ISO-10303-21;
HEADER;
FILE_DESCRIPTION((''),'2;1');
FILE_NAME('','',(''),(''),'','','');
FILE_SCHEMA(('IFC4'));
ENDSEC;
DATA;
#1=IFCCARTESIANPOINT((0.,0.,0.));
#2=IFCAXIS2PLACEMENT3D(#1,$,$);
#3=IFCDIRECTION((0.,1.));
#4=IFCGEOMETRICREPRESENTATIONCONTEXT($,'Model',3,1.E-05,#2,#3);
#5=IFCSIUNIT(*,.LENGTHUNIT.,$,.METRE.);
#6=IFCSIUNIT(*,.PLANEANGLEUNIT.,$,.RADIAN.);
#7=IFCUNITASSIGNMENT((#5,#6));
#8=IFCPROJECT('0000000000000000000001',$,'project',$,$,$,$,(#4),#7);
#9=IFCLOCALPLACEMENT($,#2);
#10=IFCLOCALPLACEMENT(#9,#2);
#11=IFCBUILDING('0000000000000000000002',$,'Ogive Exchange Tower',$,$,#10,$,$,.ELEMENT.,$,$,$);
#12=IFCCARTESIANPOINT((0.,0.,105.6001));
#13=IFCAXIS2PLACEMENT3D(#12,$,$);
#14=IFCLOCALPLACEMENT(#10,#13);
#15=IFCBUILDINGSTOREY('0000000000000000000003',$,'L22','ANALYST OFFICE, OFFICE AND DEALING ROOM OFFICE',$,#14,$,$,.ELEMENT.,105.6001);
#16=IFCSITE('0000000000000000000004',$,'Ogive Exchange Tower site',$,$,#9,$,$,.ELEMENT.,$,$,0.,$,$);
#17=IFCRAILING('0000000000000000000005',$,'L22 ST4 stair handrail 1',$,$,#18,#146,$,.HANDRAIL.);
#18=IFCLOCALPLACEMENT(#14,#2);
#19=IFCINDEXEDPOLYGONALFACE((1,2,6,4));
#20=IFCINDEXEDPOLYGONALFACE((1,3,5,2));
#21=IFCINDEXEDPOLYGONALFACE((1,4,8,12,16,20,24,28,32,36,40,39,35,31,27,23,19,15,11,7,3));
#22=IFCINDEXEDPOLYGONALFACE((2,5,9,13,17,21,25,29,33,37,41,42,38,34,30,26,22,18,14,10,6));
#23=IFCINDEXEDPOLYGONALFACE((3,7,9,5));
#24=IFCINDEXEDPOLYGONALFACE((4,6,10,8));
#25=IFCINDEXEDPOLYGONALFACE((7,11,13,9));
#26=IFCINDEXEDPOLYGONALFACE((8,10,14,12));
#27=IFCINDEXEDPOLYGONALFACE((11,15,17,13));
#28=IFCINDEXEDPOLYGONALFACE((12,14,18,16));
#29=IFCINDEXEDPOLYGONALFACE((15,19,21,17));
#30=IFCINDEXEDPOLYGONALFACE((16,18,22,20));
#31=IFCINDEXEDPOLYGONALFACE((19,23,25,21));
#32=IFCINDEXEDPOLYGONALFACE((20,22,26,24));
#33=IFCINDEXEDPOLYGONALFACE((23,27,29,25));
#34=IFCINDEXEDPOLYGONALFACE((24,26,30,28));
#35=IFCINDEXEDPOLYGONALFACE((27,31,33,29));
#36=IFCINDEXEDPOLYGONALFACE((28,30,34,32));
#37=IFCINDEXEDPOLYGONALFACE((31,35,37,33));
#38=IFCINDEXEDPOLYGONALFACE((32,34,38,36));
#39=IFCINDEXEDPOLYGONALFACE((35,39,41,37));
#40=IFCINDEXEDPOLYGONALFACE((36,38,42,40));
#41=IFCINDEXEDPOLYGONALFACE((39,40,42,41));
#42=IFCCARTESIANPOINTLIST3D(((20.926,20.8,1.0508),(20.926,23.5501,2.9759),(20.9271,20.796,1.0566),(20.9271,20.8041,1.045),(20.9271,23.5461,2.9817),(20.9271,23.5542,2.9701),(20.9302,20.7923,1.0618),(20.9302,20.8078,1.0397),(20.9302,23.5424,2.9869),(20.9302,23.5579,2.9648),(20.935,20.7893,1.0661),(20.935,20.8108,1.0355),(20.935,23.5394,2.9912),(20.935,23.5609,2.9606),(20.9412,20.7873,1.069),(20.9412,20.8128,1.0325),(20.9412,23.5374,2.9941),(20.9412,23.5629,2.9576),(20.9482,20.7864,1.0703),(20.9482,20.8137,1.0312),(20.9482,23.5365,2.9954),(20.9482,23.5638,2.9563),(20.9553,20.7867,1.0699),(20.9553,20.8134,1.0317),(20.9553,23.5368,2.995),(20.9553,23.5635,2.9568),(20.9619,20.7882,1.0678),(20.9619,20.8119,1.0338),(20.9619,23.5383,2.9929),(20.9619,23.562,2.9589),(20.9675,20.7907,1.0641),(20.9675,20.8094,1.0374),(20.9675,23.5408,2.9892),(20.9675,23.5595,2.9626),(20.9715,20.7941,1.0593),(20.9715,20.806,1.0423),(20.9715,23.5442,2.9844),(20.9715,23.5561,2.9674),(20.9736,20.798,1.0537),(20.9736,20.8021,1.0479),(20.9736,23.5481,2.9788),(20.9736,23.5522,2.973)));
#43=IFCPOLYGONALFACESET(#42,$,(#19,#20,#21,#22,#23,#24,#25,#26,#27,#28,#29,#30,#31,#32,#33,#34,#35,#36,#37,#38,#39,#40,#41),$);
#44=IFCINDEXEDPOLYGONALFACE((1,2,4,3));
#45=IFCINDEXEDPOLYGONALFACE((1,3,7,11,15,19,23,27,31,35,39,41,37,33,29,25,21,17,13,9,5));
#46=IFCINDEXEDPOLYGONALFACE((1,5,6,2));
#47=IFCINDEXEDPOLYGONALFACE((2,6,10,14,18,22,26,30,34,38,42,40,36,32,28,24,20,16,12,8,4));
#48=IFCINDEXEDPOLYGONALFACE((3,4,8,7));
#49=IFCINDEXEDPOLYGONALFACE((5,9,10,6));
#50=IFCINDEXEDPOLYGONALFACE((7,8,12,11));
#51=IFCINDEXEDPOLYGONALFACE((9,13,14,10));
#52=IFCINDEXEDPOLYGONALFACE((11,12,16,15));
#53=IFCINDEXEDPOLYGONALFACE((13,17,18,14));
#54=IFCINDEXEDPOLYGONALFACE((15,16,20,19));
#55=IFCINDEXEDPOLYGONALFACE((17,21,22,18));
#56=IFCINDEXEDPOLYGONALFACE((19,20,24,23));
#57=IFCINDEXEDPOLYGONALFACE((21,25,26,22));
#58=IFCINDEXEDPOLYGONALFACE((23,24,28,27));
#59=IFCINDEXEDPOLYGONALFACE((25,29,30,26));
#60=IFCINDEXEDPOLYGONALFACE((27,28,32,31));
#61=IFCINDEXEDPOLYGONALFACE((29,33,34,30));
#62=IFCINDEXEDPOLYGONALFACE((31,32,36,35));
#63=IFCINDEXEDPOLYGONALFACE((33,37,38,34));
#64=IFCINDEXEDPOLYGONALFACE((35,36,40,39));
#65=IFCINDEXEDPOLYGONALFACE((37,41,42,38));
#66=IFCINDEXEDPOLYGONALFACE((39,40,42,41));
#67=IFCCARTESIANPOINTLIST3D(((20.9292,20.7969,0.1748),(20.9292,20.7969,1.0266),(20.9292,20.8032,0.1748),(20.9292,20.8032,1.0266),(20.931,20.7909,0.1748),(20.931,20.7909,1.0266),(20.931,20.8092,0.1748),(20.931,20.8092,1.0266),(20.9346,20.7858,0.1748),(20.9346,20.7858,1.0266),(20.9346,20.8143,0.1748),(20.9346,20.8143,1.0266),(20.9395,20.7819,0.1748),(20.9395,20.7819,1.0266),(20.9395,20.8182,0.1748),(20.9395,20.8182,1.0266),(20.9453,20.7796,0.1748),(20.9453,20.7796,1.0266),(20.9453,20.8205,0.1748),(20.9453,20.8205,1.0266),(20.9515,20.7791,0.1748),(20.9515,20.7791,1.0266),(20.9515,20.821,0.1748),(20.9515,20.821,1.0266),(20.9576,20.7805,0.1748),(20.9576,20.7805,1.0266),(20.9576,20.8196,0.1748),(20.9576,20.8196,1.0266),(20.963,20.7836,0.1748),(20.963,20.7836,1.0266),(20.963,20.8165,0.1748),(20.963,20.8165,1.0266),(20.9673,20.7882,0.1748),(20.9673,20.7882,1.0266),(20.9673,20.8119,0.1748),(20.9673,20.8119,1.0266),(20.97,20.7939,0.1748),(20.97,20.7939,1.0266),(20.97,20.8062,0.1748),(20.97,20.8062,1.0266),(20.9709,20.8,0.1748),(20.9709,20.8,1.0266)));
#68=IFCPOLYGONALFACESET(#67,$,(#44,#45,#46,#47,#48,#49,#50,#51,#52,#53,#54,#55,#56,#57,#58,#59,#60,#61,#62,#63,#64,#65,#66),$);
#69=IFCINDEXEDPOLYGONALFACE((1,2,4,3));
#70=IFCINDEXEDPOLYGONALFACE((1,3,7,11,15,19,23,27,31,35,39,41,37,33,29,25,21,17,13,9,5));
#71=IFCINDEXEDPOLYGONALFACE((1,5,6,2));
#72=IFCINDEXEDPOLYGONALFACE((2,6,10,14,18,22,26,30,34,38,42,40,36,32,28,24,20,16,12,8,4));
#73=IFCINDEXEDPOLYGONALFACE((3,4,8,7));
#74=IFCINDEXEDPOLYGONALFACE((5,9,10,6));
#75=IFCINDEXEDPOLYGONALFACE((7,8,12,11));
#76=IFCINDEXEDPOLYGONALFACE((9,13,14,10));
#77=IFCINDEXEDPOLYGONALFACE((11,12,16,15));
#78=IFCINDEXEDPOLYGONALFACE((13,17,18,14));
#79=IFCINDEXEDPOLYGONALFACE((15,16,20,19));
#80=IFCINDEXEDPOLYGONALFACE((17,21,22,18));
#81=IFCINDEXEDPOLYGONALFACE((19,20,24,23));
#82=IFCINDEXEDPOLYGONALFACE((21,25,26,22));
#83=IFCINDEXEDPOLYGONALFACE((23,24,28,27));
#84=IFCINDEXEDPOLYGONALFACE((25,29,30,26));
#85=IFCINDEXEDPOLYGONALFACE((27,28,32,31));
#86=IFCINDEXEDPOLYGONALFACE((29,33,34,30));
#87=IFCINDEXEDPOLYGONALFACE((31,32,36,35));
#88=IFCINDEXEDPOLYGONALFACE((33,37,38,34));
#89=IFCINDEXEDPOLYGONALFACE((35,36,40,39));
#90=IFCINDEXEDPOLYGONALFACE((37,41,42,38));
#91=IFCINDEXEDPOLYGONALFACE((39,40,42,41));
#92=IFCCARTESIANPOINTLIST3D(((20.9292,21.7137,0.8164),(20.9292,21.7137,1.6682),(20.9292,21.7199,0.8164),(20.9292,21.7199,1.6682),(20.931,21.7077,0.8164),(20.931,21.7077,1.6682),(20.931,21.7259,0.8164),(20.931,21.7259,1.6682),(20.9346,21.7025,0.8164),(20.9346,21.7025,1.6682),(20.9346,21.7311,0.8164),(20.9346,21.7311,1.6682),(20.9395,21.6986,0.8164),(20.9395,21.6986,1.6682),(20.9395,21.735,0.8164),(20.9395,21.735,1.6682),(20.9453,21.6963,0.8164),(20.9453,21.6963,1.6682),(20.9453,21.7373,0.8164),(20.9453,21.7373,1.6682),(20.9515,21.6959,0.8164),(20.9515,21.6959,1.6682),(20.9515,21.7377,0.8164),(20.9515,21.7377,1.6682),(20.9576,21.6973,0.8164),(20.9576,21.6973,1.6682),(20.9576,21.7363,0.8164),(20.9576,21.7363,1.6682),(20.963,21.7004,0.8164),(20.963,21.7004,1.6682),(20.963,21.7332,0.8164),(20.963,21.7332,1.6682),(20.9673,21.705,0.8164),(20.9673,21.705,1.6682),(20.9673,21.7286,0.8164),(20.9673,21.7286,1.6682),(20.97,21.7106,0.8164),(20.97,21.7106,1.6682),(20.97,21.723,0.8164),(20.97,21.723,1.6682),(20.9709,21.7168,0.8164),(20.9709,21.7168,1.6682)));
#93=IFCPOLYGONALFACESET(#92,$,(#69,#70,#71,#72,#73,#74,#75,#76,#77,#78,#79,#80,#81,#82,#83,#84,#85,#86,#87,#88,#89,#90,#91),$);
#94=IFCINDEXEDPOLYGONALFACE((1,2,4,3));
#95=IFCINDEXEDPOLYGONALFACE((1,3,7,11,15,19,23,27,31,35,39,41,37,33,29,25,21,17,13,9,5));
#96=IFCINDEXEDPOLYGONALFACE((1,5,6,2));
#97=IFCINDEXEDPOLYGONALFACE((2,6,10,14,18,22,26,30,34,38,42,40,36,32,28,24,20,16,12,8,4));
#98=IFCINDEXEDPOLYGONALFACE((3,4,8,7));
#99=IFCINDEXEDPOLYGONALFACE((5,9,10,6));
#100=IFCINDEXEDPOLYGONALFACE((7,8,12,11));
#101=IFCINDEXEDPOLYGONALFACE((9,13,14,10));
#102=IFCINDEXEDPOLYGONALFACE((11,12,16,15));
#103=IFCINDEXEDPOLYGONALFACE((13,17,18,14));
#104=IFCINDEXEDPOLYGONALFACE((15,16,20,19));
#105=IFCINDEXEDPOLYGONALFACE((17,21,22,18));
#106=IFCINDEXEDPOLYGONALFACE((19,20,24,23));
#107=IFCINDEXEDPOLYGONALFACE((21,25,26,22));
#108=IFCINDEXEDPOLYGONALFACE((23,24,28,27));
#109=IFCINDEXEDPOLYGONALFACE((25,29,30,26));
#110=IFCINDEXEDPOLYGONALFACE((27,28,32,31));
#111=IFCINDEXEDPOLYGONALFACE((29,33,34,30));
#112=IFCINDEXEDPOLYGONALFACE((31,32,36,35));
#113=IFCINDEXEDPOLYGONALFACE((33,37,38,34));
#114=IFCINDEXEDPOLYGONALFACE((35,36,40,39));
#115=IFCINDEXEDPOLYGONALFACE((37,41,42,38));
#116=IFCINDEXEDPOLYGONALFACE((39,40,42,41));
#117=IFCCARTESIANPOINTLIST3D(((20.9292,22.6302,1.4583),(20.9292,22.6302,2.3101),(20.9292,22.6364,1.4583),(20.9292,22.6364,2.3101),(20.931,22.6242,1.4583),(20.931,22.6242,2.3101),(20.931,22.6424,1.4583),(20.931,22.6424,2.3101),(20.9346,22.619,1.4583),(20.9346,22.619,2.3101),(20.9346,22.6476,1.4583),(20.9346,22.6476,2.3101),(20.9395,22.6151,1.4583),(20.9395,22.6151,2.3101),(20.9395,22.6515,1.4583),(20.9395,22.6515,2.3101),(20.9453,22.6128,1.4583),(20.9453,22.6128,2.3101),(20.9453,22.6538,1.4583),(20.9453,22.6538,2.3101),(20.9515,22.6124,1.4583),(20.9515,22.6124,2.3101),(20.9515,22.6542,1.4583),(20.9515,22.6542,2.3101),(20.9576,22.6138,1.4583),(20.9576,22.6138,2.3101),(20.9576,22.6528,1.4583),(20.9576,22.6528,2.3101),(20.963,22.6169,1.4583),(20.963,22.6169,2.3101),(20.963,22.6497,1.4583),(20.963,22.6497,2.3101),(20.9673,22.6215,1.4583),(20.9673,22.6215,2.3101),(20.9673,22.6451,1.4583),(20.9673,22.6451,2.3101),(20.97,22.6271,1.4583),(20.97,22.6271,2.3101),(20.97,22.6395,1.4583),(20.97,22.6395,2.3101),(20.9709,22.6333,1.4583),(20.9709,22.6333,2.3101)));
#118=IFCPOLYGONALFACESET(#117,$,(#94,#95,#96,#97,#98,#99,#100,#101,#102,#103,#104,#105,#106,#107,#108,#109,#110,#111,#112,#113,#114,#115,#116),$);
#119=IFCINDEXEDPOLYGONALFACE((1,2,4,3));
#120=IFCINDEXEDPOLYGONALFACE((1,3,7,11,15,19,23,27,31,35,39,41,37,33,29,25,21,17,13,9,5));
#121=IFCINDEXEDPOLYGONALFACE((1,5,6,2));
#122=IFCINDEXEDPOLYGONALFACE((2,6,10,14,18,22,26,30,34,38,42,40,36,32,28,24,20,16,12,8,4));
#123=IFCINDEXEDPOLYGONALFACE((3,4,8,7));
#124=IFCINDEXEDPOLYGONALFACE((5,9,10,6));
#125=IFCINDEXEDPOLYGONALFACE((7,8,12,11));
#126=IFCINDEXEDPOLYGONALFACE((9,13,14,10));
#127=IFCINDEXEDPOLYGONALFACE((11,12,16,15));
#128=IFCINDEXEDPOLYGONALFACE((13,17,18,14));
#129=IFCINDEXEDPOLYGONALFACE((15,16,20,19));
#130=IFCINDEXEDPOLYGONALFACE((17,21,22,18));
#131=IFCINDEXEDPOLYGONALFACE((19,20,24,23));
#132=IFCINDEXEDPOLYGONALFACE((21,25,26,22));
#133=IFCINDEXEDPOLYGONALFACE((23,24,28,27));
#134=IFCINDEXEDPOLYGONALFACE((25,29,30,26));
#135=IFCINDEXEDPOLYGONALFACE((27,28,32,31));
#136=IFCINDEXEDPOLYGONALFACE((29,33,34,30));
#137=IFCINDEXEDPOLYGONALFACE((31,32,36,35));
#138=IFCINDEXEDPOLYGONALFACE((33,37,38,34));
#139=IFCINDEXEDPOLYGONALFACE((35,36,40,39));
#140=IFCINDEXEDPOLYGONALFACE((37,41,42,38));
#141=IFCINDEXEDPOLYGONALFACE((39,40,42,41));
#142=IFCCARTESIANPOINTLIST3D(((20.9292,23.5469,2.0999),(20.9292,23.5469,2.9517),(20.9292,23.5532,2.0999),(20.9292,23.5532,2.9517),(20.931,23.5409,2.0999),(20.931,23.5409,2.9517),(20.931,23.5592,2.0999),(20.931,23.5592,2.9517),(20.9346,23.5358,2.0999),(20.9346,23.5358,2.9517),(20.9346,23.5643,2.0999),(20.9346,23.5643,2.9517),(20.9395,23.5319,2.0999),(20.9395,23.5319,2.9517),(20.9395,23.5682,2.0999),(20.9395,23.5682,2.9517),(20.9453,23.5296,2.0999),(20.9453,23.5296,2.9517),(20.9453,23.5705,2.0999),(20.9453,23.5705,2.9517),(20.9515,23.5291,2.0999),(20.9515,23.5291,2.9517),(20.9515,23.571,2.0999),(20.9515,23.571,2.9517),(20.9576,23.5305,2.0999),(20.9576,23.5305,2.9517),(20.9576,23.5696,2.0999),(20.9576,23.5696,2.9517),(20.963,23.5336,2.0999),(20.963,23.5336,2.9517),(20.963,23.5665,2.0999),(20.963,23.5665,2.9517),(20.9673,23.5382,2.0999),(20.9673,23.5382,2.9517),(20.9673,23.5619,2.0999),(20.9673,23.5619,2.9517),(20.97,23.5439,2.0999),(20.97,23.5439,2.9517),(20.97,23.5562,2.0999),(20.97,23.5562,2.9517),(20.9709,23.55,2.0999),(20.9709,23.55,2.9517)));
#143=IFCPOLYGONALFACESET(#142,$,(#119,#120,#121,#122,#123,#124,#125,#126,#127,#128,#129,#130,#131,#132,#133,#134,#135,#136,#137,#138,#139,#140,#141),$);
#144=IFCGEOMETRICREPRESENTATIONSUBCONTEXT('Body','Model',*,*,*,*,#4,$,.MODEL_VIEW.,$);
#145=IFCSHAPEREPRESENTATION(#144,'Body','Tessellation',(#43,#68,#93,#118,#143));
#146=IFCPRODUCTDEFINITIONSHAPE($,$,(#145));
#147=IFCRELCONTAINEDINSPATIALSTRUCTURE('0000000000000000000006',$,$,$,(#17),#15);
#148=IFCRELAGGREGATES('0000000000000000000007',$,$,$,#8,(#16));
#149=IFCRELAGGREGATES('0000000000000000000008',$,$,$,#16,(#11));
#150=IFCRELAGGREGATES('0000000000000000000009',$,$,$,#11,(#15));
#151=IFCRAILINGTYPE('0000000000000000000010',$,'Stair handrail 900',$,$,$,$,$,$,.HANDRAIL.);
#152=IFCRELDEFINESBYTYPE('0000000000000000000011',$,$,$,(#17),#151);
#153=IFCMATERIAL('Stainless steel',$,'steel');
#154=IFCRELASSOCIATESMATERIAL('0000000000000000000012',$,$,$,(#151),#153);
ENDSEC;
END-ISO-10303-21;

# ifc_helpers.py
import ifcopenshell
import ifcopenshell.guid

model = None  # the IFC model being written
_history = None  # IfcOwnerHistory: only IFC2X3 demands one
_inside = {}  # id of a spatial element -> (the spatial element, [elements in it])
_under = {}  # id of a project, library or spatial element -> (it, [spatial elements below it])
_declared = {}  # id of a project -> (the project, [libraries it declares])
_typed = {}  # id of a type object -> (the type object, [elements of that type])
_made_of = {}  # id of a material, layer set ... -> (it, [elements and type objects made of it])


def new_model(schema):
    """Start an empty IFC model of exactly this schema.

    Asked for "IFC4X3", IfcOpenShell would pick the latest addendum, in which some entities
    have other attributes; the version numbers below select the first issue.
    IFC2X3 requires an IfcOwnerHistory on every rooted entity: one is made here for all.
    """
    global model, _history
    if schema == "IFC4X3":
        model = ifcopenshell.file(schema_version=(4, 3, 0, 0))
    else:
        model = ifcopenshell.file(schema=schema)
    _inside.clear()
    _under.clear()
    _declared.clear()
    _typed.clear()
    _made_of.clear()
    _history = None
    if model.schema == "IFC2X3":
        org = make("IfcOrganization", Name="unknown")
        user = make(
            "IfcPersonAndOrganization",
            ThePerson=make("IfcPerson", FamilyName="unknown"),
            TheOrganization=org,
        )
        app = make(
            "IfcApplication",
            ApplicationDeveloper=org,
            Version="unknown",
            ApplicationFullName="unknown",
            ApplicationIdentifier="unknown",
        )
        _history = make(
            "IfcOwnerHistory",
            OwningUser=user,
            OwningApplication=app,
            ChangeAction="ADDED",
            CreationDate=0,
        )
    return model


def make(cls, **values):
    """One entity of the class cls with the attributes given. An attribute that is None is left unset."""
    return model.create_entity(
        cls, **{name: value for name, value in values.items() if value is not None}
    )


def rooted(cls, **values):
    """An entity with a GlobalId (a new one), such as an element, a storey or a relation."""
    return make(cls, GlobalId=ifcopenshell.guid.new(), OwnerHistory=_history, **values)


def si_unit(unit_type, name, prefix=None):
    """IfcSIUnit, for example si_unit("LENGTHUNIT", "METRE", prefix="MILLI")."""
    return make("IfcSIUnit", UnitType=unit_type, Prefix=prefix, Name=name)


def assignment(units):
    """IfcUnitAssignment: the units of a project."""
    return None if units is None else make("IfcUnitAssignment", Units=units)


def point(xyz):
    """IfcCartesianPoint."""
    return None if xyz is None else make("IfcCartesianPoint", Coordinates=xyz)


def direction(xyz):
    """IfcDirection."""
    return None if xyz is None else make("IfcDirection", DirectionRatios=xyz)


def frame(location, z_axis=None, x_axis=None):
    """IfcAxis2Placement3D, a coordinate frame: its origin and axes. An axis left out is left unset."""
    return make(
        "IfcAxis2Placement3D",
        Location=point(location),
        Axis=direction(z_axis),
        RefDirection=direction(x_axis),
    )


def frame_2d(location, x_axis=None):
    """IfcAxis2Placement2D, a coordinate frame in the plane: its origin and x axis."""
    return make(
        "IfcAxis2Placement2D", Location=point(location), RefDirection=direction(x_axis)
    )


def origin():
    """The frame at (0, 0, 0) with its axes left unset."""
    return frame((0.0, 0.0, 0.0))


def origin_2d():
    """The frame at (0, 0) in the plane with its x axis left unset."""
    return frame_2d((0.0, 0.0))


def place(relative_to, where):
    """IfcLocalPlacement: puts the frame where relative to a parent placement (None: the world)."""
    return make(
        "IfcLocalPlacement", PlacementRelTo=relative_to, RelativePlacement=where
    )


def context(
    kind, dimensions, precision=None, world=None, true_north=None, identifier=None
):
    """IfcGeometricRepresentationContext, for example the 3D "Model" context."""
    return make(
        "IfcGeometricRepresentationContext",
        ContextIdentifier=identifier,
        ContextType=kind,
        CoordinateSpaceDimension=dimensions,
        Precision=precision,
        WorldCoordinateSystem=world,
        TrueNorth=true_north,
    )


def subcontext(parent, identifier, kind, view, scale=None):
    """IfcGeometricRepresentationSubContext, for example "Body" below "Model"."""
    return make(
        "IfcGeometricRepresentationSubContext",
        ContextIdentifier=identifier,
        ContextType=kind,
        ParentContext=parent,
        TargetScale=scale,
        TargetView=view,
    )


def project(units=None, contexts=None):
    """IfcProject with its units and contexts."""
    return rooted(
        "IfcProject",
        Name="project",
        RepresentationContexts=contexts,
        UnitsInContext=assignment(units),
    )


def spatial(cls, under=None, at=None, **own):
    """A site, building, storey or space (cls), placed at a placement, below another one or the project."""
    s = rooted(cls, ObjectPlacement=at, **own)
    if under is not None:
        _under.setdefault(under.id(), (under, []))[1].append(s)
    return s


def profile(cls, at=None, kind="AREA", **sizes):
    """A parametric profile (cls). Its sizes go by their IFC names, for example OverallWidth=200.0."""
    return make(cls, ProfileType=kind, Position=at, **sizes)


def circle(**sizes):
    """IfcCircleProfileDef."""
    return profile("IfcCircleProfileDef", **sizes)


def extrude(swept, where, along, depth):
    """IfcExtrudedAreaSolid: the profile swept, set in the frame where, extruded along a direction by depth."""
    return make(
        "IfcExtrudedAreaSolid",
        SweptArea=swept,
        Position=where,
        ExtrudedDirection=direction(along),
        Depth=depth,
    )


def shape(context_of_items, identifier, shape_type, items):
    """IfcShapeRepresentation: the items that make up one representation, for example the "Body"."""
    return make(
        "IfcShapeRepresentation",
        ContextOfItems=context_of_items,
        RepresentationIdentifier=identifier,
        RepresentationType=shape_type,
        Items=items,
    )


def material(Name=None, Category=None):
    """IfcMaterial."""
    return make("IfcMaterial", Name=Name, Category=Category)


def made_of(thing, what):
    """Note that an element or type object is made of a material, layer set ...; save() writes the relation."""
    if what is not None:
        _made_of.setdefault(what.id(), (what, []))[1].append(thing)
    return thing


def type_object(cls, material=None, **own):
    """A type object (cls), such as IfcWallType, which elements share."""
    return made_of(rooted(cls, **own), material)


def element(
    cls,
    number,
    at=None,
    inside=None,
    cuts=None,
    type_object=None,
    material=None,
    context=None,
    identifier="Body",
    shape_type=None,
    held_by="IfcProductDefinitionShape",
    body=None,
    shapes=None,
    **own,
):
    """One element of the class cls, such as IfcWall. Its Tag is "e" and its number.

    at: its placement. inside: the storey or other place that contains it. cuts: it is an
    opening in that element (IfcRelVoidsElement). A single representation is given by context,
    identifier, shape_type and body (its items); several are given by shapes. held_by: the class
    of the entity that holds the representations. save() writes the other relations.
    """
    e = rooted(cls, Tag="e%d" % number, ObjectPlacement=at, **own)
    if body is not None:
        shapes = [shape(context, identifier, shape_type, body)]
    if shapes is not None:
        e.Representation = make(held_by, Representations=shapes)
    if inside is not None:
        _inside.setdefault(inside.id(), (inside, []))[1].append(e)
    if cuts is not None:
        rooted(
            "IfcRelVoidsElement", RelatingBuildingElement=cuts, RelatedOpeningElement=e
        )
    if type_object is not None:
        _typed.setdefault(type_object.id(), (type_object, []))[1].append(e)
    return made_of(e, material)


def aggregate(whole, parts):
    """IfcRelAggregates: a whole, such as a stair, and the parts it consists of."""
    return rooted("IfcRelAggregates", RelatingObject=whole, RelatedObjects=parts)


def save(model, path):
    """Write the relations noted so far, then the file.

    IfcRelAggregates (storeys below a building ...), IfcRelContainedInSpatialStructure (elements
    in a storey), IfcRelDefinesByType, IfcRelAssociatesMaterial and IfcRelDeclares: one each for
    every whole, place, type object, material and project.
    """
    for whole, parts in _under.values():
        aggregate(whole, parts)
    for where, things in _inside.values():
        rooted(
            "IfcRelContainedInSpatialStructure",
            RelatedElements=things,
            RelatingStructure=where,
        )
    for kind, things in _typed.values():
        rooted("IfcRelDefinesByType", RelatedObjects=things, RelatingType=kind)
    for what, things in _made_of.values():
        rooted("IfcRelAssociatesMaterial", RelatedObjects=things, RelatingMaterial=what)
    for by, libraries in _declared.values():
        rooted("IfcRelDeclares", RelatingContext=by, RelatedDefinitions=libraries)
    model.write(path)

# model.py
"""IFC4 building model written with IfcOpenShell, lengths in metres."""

from ifc_helpers import new_model, si_unit, direction, frame, origin, origin_2d, place, context, subcontext, project, spatial, circle, extrude, material, type_object, element, save


model = new_model("IFC4")

# Units and contexts
model_context = context("Model", 3, precision=1e-05, world=origin(), true_north=direction((0.0, 1.0)))
body_context = subcontext(model_context, "Body", "Model", "MODEL_VIEW")
ifc_project = project(units=[si_unit("LENGTHUNIT", "METRE"), si_unit("PLANEANGLEUNIT", "RADIAN")], contexts=[model_context])

# Site, building, storey
site_placement = place(None, origin())
site = spatial("IfcSite", under=ifc_project, at=site_placement, Name="Ogive Exchange Tower site", CompositionType="ELEMENT", RefElevation=0.0)
building_placement = place(site_placement, origin())
building = spatial("IfcBuilding", under=site, at=building_placement, Name="Ogive Exchange Tower", CompositionType="ELEMENT")
storey_placement = place(building_placement, frame((0.0, 0.0, 105.6001)))
storey = spatial("IfcBuildingStorey", under=building, at=storey_placement, Name="L22", Description="ANALYST OFFICE, OFFICE AND DEALING ROOM OFFICE", CompositionType="ELEMENT", Elevation=105.6001)

# Shared definitions
ifc_material_1 = material(Name="Stainless steel", Category="steel")

# Railing
railing_type = type_object("IfcRailingType", Name="Stair handrail 900", PredefinedType="HANDRAIL", material=ifc_material_1)
railing_1_placement = place(storey_placement, frame((20.95, 20.8, 0.1748)))
element("IfcRailing", 1, at=railing_1_placement, inside=storey, type_object=railing_type, Name="L22 ST4 stair handrail 1", PredefinedType="HANDRAIL", context=body_context, shape_type="SweptSolid", body=[
    extrude(circle(Radius=0.0239, at=origin_2d()), frame((0.0, 0.0, 0.876), z_axis=(0.0, 0.819225, 0.573472), x_axis=(-1.0, 0.0, 0.0)), (0.0, 0.0, 1.0), 3.3569),
    extrude(circle(Radius=0.021, at=origin_2d()), origin(), (0.0, 0.0, 1.0), 0.8518),
    extrude(circle(Radius=0.021, at=origin_2d()), frame((0.0, 0.9167, 0.6416)), (0.0, 0.0, 1.0), 0.8518),
    extrude(circle(Radius=0.021, at=origin_2d()), frame((0.0, 1.8333, 1.2834)), (0.0, 0.0, 1.0), 0.8518),
    extrude(circle(Radius=0.021, at=origin_2d()), frame((0.0, 2.75, 1.925)), (0.0, 0.0, 1.0), 0.8518),
])

save(model, "model.ifc")
